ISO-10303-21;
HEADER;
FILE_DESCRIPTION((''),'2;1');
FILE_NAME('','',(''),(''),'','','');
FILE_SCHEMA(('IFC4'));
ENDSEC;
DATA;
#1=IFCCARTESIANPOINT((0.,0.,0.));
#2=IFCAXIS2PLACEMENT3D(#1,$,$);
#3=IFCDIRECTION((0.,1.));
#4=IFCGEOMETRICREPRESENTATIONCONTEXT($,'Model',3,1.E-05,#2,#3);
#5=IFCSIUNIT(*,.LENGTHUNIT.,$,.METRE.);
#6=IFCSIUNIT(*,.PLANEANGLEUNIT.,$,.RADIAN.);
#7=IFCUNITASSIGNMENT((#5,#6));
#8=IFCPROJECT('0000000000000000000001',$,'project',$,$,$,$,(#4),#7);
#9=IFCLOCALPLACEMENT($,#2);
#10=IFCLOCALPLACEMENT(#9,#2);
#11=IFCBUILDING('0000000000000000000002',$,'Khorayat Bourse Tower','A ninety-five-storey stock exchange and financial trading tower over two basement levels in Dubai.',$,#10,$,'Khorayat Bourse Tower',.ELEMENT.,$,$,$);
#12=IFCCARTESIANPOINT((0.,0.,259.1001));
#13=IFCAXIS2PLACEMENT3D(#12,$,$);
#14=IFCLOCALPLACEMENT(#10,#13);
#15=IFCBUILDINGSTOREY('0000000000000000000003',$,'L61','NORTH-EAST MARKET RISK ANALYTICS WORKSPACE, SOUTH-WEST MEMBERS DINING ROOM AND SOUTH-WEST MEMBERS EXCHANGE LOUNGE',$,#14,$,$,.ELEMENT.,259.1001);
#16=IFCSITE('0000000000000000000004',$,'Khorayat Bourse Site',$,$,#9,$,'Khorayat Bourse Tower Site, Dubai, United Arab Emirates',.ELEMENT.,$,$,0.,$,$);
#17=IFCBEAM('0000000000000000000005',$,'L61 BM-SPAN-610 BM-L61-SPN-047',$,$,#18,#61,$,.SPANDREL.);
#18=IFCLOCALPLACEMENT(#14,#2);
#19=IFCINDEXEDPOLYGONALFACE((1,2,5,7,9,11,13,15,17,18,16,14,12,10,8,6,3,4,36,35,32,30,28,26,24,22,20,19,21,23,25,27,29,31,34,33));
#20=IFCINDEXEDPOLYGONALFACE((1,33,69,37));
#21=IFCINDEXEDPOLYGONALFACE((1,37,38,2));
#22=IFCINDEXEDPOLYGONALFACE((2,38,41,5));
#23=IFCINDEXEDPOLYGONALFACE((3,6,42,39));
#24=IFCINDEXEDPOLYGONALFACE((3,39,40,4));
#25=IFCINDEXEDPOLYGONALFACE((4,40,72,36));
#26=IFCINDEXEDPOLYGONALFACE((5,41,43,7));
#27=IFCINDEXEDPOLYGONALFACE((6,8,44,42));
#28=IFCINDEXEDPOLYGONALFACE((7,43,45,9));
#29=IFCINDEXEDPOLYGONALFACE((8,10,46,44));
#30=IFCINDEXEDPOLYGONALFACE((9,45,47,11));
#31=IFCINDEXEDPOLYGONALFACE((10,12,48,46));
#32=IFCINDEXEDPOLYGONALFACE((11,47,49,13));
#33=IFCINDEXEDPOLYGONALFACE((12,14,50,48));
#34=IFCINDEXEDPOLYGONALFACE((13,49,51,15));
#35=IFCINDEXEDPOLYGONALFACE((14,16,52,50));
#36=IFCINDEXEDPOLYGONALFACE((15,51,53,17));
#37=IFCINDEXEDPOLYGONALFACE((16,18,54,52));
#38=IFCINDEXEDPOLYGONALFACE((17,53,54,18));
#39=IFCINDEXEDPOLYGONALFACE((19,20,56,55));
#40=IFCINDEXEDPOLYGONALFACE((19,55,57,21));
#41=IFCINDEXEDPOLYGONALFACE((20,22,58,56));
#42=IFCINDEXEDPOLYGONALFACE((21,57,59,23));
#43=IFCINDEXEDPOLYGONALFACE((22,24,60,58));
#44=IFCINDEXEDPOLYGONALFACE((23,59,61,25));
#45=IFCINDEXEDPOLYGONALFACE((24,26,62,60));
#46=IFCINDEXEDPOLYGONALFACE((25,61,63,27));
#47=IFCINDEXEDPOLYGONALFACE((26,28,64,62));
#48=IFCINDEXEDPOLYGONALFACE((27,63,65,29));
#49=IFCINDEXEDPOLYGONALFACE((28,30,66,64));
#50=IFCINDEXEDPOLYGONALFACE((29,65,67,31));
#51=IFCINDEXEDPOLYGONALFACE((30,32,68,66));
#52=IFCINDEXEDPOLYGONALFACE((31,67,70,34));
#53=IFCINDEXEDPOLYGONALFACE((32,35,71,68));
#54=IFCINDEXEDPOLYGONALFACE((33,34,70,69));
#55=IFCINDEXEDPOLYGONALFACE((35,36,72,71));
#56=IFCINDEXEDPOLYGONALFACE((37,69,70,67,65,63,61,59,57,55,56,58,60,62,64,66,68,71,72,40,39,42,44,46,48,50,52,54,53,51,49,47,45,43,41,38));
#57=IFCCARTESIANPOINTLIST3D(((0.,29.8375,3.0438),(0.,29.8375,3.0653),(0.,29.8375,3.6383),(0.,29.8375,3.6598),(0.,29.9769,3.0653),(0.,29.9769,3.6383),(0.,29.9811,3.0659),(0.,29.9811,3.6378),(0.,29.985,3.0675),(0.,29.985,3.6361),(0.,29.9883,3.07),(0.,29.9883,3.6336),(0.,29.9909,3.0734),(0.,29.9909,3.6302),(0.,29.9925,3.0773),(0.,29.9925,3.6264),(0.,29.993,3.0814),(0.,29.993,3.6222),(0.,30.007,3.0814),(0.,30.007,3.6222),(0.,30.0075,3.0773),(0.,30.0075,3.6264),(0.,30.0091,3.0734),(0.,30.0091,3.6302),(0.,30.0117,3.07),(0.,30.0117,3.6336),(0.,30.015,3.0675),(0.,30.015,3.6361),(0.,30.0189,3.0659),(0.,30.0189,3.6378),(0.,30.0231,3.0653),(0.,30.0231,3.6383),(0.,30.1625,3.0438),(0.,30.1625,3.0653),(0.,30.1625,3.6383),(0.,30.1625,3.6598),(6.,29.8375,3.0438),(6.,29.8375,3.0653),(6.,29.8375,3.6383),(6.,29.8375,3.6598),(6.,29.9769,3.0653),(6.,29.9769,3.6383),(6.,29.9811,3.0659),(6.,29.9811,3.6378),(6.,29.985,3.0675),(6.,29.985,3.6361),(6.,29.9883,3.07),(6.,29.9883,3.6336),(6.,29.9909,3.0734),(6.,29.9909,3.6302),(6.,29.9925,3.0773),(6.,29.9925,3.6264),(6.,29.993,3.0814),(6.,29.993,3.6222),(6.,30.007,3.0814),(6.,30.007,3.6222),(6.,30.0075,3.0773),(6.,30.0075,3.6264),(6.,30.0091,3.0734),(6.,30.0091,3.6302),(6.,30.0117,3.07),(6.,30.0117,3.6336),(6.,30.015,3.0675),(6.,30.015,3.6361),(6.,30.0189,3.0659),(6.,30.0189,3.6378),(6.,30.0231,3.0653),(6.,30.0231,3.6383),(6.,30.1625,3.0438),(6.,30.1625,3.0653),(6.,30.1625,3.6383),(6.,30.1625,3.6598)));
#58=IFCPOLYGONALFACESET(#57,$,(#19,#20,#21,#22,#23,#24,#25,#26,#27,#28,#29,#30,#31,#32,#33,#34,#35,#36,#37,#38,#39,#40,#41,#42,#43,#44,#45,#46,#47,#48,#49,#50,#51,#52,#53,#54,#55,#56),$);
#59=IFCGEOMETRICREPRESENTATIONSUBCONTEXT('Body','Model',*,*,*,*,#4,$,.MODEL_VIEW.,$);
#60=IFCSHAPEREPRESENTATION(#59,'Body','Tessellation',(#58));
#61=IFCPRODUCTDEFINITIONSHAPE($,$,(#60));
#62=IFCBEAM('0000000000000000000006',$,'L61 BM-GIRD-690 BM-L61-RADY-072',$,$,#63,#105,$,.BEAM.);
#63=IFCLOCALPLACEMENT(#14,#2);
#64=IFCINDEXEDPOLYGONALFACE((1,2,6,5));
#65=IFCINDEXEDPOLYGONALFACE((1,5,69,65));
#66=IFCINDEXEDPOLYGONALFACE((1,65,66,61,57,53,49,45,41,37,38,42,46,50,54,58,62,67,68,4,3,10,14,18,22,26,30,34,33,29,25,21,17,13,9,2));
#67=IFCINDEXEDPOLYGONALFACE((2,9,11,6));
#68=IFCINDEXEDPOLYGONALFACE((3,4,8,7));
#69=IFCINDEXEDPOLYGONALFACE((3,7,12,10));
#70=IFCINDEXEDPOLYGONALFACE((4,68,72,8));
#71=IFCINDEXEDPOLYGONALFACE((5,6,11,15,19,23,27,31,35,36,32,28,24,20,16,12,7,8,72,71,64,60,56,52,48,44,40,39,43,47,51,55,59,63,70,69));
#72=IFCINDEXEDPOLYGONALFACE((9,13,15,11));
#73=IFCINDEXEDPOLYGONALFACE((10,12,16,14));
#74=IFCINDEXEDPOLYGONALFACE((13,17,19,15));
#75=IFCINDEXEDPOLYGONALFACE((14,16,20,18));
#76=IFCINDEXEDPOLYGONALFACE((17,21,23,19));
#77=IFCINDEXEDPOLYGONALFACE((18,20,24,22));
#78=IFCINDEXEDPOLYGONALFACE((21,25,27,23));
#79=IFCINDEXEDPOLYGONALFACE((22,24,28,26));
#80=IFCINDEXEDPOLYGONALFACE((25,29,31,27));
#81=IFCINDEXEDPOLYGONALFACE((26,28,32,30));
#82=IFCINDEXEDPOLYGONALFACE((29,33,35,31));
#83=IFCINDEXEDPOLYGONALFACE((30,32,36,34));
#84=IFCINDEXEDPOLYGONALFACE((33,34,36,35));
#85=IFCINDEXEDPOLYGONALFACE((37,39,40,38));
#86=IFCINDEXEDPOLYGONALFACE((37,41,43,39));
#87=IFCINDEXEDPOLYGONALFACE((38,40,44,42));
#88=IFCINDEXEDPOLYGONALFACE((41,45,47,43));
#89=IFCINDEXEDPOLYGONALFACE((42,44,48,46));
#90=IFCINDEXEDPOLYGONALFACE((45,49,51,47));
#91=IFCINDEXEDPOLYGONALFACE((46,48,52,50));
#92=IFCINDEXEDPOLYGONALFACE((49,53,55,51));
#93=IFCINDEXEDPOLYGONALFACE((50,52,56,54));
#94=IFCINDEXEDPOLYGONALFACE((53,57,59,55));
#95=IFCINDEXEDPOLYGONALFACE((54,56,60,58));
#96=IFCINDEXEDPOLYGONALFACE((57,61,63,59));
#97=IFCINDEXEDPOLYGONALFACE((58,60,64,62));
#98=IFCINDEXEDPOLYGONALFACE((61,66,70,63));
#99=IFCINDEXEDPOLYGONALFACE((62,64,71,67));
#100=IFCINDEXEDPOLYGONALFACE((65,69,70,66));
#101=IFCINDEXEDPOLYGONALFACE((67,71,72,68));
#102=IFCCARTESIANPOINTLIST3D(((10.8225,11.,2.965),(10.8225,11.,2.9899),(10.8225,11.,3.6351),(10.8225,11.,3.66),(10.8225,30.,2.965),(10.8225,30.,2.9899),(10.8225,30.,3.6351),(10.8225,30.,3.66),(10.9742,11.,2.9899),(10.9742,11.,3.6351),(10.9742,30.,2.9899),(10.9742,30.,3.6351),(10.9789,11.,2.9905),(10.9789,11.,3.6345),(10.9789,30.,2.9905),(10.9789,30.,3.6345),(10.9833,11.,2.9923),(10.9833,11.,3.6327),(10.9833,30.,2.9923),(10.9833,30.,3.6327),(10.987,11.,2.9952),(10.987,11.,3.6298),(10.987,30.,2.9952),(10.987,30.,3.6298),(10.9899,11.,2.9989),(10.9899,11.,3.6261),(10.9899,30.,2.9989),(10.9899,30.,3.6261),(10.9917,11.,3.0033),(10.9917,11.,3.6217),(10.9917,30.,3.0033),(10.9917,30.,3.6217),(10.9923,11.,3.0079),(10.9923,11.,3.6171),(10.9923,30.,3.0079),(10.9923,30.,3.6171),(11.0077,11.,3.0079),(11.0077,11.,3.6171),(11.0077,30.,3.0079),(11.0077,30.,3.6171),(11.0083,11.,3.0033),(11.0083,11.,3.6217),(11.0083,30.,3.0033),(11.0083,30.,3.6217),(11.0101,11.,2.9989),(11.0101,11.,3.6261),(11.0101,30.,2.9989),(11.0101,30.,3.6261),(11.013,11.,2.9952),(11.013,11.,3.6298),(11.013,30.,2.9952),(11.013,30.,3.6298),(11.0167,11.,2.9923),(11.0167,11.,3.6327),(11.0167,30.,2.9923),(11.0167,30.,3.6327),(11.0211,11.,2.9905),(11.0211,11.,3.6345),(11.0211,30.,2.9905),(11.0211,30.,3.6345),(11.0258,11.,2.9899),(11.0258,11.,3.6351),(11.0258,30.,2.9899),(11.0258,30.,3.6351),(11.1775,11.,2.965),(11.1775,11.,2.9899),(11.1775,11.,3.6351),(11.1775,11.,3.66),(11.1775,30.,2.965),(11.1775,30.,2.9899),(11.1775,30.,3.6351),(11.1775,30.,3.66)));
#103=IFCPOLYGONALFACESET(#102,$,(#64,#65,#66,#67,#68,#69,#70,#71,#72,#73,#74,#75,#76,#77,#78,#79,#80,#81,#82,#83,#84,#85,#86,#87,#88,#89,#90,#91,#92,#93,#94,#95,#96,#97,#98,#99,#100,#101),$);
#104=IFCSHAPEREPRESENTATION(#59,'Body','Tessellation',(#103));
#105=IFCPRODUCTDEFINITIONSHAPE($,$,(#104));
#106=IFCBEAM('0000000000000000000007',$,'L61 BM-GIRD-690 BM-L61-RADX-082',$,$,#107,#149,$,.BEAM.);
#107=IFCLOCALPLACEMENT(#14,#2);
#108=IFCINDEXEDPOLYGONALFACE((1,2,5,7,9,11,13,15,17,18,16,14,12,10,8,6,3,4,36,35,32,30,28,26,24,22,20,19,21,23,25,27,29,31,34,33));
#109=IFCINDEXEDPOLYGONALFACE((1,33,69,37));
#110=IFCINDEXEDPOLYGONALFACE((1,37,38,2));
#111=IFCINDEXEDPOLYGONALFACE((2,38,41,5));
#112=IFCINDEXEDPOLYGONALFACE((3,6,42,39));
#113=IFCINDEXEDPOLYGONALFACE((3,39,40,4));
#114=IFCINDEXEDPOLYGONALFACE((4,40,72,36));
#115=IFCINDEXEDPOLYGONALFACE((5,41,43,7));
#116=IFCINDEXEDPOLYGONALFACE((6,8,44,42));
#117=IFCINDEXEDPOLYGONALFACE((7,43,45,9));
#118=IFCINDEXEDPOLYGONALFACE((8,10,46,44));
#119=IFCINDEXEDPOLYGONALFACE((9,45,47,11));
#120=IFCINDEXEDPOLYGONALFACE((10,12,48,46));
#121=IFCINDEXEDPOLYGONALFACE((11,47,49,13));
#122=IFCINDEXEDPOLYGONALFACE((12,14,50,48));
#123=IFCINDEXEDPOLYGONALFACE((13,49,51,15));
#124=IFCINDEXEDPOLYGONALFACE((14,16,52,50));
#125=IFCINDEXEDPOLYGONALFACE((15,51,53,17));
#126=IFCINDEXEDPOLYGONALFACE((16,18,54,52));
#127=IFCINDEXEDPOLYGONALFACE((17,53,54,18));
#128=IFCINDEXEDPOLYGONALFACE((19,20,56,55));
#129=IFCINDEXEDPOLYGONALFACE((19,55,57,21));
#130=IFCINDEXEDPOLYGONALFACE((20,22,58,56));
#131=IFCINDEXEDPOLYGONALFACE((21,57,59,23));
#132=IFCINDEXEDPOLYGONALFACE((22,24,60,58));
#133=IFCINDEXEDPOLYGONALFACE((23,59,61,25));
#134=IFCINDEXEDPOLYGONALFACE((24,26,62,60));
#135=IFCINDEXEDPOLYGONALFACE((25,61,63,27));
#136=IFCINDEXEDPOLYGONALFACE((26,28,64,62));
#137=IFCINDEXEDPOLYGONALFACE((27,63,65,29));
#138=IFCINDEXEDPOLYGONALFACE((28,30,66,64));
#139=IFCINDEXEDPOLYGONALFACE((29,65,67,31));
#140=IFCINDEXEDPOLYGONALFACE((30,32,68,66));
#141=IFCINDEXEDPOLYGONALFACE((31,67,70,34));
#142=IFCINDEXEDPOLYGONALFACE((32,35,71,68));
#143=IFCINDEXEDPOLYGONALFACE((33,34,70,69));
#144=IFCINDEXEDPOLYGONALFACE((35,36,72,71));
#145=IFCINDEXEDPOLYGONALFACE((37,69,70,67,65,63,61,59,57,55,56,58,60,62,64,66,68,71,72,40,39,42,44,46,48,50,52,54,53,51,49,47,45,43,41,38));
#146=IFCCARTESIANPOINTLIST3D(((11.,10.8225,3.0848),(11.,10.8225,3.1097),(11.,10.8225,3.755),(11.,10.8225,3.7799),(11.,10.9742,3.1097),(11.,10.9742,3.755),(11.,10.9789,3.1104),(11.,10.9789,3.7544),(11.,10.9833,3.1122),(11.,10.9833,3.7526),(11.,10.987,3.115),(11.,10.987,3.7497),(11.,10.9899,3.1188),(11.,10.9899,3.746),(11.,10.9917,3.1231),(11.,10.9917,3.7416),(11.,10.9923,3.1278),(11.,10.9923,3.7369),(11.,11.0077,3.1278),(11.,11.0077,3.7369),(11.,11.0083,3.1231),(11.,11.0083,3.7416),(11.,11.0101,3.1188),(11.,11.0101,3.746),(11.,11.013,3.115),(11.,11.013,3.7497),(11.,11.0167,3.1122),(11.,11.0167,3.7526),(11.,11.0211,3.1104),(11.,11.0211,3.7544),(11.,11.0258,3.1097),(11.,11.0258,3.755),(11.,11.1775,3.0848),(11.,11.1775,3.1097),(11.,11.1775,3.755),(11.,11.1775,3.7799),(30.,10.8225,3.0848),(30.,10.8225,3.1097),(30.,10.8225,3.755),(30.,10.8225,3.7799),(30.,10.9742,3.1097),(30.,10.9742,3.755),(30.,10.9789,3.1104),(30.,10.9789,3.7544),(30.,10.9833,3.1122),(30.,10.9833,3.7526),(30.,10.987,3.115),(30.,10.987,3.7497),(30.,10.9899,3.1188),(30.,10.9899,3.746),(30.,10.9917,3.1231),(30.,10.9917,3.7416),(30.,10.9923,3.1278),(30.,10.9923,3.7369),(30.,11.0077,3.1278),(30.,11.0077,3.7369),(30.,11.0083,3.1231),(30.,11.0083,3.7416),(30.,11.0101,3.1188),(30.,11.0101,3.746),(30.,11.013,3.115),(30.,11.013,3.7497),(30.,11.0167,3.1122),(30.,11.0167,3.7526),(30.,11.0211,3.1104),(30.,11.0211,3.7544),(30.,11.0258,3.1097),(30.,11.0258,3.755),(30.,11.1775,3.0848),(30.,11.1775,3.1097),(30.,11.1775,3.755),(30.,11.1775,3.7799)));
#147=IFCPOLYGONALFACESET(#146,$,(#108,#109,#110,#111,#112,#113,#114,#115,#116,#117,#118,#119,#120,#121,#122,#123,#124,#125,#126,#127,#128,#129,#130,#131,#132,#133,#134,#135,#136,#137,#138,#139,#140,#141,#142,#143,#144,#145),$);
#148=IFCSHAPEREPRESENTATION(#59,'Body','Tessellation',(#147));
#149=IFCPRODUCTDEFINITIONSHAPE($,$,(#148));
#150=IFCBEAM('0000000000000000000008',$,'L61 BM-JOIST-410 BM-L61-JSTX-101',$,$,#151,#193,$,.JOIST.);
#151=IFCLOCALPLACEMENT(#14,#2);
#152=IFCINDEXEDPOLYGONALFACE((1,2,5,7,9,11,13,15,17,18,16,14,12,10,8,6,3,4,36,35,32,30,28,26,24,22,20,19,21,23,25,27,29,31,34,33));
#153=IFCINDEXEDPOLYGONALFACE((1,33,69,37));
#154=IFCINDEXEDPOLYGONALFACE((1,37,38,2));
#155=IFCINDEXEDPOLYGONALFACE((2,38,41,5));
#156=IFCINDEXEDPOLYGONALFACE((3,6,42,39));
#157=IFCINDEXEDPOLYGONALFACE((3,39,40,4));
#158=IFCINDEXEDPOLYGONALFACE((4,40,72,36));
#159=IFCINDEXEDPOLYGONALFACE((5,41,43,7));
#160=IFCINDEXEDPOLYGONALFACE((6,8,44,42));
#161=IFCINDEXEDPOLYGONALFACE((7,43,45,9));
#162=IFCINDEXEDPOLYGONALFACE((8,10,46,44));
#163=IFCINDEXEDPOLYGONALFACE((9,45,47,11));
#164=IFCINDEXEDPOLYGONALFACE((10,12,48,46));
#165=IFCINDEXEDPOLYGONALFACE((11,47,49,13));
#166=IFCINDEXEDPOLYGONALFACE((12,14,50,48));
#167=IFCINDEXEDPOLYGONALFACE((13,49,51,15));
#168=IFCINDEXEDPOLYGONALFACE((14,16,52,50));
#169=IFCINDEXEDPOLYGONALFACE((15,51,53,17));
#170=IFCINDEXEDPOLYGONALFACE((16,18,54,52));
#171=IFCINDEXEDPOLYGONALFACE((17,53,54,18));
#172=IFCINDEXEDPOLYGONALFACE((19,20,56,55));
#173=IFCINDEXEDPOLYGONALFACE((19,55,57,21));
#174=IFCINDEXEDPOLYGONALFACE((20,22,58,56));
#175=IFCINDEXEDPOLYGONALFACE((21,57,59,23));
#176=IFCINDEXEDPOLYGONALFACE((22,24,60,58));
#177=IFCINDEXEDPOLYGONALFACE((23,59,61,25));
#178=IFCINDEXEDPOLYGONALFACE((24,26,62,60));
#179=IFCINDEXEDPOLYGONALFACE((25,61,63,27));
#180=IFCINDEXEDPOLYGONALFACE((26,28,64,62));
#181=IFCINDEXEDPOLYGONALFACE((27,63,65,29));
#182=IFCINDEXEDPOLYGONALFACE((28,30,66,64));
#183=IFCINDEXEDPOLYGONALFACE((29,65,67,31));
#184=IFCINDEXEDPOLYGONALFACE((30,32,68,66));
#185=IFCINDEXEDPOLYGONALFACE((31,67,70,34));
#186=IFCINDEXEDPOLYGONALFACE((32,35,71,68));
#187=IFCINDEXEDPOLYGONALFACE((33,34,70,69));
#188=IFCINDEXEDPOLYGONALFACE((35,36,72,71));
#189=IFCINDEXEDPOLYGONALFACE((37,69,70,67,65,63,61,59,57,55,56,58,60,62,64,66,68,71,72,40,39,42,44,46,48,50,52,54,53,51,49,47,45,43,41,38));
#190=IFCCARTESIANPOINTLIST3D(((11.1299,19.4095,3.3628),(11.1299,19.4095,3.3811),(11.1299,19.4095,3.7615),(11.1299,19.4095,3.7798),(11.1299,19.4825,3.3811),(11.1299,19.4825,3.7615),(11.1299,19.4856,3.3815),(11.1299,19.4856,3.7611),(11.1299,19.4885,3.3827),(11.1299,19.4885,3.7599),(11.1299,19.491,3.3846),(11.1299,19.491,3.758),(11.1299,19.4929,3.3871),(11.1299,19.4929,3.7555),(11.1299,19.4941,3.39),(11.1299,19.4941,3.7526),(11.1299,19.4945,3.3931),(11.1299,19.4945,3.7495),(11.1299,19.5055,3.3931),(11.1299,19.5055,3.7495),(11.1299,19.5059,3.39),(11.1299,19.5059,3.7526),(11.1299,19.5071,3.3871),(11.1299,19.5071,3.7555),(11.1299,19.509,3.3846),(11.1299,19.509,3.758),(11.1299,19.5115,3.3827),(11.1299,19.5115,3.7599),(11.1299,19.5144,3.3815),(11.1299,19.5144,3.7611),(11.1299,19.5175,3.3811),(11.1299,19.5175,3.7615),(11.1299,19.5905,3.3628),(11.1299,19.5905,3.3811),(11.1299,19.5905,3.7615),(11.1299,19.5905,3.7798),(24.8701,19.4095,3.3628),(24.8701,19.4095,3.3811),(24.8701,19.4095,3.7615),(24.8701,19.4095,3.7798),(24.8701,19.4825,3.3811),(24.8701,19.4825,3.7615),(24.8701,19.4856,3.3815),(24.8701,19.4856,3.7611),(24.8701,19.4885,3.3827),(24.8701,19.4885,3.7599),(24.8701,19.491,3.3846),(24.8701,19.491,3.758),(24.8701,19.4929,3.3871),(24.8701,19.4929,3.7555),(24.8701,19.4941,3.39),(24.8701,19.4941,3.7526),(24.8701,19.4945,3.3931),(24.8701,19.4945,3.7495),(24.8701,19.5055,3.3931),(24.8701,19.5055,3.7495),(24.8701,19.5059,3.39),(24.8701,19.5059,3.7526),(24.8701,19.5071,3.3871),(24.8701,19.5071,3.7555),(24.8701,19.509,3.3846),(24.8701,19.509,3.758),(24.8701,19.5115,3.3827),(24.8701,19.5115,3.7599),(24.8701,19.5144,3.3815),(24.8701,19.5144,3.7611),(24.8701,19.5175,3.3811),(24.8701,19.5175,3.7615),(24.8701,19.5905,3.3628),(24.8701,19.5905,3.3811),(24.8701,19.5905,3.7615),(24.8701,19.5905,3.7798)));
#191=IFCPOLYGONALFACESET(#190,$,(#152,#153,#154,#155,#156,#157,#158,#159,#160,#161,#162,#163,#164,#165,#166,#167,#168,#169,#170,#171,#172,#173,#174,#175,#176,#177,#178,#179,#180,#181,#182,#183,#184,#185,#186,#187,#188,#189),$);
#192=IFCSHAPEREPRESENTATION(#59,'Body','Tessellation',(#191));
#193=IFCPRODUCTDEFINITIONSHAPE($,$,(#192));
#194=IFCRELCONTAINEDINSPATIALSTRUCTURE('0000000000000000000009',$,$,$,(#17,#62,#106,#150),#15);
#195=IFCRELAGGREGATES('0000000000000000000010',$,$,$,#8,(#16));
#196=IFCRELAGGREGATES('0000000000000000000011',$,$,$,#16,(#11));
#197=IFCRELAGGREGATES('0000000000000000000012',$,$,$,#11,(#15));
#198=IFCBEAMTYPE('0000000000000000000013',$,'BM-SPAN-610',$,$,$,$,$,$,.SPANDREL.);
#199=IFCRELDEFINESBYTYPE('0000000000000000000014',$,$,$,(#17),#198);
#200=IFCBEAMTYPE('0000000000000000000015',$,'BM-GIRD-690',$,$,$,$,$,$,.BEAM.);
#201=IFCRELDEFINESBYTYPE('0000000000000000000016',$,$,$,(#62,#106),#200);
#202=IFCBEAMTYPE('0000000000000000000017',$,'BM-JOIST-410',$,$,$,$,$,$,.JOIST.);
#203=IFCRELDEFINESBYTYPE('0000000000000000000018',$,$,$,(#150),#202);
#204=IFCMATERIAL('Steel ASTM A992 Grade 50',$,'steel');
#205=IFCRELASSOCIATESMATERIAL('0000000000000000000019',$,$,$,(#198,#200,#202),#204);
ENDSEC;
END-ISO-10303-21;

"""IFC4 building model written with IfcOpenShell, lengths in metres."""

from ifc_helpers import new_model, si_unit, direction, frame, origin, origin_2d, place, context, subcontext, project, spatial, i_section, extrude, source, transform, mapped, material, material_profile, profile_set, type_object, element, save


model = new_model("IFC4")

# Units and contexts
model_context = context("Model", 3, precision=1e-05, world=origin(), true_north=direction((0.0, 1.0)))
body_context = subcontext(model_context, "Body", "Model", "MODEL_VIEW")
ifc_project = project(units=[si_unit("LENGTHUNIT", "METRE"), si_unit("PLANEANGLEUNIT", "RADIAN")], contexts=[model_context])

# Site, building, storey
site_placement = place(None, origin())
site = spatial("IfcSite", under=ifc_project, at=site_placement, Name="Khorayat Bourse Site", LongName="Khorayat Bourse Tower Site, Dubai, United Arab Emirates", CompositionType="ELEMENT", RefElevation=0.0)
building_placement = place(site_placement, origin())
building = spatial("IfcBuilding", under=site, at=building_placement, Name="Khorayat Bourse Tower", Description="A ninety-five-storey stock exchange and financial trading tower over two basement levels in Dubai.", LongName="Khorayat Bourse Tower", CompositionType="ELEMENT")
storey_placement = place(building_placement, frame((0.0, 0.0, 259.1001)))
storey = spatial("IfcBuildingStorey", under=building, at=storey_placement, Name="L61", Description="NORTH-EAST MARKET RISK ANALYTICS WORKSPACE, SOUTH-WEST MEMBERS DINING ROOM AND SOUTH-WEST MEMBERS EXCHANGE LOUNGE", CompositionType="ELEMENT", Elevation=259.1001)

# Beams
ifc_material_1 = material(Name="Steel ASTM A992 Grade 50", Category="steel")
ifc_material_profile_1 = material_profile(ifc_material_1, i_section(OverallWidth=0.325, OverallDepth=0.616, WebThickness=0.0139, FlangeThickness=0.0215, FilletRadius=0.0161, at=origin_2d()), Name="W610X174")
ifc_profile_set_1 = profile_set([ifc_material_profile_1], Name="Steel ASTM A992 Grade 50")
beam_type_1 = type_object("IfcBeamType", Name="BM-SPAN-610", PredefinedType="SPANDREL", material=ifc_profile_set_1)
shared_shape_1 = source(origin(), body_context, "Body", "SweptSolid", [
    extrude(i_section(OverallWidth=0.325, OverallDepth=0.616, WebThickness=0.0139, FlangeThickness=0.0215, FilletRadius=0.0161, at=origin_2d()), origin(), (0.0, 0.0, 1.0), 6.0),
])
beam_1_placement = place(storey_placement, frame((0.0, 30.0, 3.3518), z_axis=(1.0, 0.0, 0.0), x_axis=(0.0, 1.0, 0.0)))
element("IfcBeam", 1, at=beam_1_placement, inside=storey, type_object=beam_type_1, Name="L61 BM-SPAN-610 BM-L61-SPN-047", PredefinedType="SPANDREL", context=body_context, shape_type="MappedRepresentation", body=[
    mapped(shared_shape_1, transform((0.0, 0.0, 0.0), scale=1.0)),
])
ifc_material_profile_2 = material_profile(ifc_material_1, i_section(OverallWidth=0.355, OverallDepth=0.6951, WebThickness=0.0154, FlangeThickness=0.0249, FilletRadius=0.0181, at=origin_2d()), Name="W690X217")
ifc_profile_set_2 = profile_set([ifc_material_profile_2], Name="Steel ASTM A992 Grade 50")
beam_type_2 = type_object("IfcBeamType", Name="BM-GIRD-690", PredefinedType="BEAM", material=ifc_profile_set_2)
shared_shape_2 = source(origin(), body_context, "Body", "SweptSolid", [
    extrude(i_section(OverallWidth=0.355, OverallDepth=0.6951, WebThickness=0.0154, FlangeThickness=0.0249, FilletRadius=0.0181, at=origin_2d()), origin(), (0.0, 0.0, 1.0), 19.0),
])
for number, where, z_axis, x_axis, name in (
    (2, (11.0, 11.0, 3.3125), (0.0, 1.0, 0.0), (-1.0, 0.0, 0.0), "L61 BM-GIRD-690 BM-L61-RADY-072"),
    (3, (11.0, 11.0, 3.4324), (1.0, 0.0, 0.0), (0.0, 1.0, 0.0), "L61 BM-GIRD-690 BM-L61-RADX-082"),
):
    element("IfcBeam", number, at=place(storey_placement, frame(where, z_axis=z_axis, x_axis=x_axis)), inside=storey, type_object=beam_type_2, Name=name, PredefinedType="BEAM", context=body_context, shape_type="MappedRepresentation", body=[
        mapped(shared_shape_2, transform((0.0, 0.0, 0.0), scale=1.0)),
    ])
ifc_material_profile_3 = material_profile(ifc_material_1, i_section(OverallWidth=0.1809, OverallDepth=0.417, WebThickness=0.011, FlangeThickness=0.0183, FilletRadius=0.012, at=origin_2d()), Name="W410X85")
ifc_profile_set_3 = profile_set([ifc_material_profile_3], Name="Steel ASTM A992 Grade 50")
beam_type_3 = type_object("IfcBeamType", Name="BM-JOIST-410", PredefinedType="JOIST", material=ifc_profile_set_3)
shared_shape_3 = source(origin(), body_context, "Body", "SweptSolid", [
    extrude(i_section(OverallWidth=0.1809, OverallDepth=0.417, WebThickness=0.011, FlangeThickness=0.0183, FilletRadius=0.012, at=origin_2d()), origin(), (0.0, 0.0, 1.0), 13.7402),
])
beam_2_placement = place(storey_placement, frame((11.1299, 19.5, 3.5713), z_axis=(1.0, 0.0, 0.0), x_axis=(0.0, 1.0, 0.0)))
element("IfcBeam", 4, at=beam_2_placement, inside=storey, type_object=beam_type_3, Name="L61 BM-JOIST-410 BM-L61-JSTX-101", PredefinedType="JOIST", context=body_context, shape_type="MappedRepresentation", body=[
    mapped(shared_shape_3, transform((0.0, 0.0, 0.0), scale=1.0)),
])

save(model, "model.ifc")
